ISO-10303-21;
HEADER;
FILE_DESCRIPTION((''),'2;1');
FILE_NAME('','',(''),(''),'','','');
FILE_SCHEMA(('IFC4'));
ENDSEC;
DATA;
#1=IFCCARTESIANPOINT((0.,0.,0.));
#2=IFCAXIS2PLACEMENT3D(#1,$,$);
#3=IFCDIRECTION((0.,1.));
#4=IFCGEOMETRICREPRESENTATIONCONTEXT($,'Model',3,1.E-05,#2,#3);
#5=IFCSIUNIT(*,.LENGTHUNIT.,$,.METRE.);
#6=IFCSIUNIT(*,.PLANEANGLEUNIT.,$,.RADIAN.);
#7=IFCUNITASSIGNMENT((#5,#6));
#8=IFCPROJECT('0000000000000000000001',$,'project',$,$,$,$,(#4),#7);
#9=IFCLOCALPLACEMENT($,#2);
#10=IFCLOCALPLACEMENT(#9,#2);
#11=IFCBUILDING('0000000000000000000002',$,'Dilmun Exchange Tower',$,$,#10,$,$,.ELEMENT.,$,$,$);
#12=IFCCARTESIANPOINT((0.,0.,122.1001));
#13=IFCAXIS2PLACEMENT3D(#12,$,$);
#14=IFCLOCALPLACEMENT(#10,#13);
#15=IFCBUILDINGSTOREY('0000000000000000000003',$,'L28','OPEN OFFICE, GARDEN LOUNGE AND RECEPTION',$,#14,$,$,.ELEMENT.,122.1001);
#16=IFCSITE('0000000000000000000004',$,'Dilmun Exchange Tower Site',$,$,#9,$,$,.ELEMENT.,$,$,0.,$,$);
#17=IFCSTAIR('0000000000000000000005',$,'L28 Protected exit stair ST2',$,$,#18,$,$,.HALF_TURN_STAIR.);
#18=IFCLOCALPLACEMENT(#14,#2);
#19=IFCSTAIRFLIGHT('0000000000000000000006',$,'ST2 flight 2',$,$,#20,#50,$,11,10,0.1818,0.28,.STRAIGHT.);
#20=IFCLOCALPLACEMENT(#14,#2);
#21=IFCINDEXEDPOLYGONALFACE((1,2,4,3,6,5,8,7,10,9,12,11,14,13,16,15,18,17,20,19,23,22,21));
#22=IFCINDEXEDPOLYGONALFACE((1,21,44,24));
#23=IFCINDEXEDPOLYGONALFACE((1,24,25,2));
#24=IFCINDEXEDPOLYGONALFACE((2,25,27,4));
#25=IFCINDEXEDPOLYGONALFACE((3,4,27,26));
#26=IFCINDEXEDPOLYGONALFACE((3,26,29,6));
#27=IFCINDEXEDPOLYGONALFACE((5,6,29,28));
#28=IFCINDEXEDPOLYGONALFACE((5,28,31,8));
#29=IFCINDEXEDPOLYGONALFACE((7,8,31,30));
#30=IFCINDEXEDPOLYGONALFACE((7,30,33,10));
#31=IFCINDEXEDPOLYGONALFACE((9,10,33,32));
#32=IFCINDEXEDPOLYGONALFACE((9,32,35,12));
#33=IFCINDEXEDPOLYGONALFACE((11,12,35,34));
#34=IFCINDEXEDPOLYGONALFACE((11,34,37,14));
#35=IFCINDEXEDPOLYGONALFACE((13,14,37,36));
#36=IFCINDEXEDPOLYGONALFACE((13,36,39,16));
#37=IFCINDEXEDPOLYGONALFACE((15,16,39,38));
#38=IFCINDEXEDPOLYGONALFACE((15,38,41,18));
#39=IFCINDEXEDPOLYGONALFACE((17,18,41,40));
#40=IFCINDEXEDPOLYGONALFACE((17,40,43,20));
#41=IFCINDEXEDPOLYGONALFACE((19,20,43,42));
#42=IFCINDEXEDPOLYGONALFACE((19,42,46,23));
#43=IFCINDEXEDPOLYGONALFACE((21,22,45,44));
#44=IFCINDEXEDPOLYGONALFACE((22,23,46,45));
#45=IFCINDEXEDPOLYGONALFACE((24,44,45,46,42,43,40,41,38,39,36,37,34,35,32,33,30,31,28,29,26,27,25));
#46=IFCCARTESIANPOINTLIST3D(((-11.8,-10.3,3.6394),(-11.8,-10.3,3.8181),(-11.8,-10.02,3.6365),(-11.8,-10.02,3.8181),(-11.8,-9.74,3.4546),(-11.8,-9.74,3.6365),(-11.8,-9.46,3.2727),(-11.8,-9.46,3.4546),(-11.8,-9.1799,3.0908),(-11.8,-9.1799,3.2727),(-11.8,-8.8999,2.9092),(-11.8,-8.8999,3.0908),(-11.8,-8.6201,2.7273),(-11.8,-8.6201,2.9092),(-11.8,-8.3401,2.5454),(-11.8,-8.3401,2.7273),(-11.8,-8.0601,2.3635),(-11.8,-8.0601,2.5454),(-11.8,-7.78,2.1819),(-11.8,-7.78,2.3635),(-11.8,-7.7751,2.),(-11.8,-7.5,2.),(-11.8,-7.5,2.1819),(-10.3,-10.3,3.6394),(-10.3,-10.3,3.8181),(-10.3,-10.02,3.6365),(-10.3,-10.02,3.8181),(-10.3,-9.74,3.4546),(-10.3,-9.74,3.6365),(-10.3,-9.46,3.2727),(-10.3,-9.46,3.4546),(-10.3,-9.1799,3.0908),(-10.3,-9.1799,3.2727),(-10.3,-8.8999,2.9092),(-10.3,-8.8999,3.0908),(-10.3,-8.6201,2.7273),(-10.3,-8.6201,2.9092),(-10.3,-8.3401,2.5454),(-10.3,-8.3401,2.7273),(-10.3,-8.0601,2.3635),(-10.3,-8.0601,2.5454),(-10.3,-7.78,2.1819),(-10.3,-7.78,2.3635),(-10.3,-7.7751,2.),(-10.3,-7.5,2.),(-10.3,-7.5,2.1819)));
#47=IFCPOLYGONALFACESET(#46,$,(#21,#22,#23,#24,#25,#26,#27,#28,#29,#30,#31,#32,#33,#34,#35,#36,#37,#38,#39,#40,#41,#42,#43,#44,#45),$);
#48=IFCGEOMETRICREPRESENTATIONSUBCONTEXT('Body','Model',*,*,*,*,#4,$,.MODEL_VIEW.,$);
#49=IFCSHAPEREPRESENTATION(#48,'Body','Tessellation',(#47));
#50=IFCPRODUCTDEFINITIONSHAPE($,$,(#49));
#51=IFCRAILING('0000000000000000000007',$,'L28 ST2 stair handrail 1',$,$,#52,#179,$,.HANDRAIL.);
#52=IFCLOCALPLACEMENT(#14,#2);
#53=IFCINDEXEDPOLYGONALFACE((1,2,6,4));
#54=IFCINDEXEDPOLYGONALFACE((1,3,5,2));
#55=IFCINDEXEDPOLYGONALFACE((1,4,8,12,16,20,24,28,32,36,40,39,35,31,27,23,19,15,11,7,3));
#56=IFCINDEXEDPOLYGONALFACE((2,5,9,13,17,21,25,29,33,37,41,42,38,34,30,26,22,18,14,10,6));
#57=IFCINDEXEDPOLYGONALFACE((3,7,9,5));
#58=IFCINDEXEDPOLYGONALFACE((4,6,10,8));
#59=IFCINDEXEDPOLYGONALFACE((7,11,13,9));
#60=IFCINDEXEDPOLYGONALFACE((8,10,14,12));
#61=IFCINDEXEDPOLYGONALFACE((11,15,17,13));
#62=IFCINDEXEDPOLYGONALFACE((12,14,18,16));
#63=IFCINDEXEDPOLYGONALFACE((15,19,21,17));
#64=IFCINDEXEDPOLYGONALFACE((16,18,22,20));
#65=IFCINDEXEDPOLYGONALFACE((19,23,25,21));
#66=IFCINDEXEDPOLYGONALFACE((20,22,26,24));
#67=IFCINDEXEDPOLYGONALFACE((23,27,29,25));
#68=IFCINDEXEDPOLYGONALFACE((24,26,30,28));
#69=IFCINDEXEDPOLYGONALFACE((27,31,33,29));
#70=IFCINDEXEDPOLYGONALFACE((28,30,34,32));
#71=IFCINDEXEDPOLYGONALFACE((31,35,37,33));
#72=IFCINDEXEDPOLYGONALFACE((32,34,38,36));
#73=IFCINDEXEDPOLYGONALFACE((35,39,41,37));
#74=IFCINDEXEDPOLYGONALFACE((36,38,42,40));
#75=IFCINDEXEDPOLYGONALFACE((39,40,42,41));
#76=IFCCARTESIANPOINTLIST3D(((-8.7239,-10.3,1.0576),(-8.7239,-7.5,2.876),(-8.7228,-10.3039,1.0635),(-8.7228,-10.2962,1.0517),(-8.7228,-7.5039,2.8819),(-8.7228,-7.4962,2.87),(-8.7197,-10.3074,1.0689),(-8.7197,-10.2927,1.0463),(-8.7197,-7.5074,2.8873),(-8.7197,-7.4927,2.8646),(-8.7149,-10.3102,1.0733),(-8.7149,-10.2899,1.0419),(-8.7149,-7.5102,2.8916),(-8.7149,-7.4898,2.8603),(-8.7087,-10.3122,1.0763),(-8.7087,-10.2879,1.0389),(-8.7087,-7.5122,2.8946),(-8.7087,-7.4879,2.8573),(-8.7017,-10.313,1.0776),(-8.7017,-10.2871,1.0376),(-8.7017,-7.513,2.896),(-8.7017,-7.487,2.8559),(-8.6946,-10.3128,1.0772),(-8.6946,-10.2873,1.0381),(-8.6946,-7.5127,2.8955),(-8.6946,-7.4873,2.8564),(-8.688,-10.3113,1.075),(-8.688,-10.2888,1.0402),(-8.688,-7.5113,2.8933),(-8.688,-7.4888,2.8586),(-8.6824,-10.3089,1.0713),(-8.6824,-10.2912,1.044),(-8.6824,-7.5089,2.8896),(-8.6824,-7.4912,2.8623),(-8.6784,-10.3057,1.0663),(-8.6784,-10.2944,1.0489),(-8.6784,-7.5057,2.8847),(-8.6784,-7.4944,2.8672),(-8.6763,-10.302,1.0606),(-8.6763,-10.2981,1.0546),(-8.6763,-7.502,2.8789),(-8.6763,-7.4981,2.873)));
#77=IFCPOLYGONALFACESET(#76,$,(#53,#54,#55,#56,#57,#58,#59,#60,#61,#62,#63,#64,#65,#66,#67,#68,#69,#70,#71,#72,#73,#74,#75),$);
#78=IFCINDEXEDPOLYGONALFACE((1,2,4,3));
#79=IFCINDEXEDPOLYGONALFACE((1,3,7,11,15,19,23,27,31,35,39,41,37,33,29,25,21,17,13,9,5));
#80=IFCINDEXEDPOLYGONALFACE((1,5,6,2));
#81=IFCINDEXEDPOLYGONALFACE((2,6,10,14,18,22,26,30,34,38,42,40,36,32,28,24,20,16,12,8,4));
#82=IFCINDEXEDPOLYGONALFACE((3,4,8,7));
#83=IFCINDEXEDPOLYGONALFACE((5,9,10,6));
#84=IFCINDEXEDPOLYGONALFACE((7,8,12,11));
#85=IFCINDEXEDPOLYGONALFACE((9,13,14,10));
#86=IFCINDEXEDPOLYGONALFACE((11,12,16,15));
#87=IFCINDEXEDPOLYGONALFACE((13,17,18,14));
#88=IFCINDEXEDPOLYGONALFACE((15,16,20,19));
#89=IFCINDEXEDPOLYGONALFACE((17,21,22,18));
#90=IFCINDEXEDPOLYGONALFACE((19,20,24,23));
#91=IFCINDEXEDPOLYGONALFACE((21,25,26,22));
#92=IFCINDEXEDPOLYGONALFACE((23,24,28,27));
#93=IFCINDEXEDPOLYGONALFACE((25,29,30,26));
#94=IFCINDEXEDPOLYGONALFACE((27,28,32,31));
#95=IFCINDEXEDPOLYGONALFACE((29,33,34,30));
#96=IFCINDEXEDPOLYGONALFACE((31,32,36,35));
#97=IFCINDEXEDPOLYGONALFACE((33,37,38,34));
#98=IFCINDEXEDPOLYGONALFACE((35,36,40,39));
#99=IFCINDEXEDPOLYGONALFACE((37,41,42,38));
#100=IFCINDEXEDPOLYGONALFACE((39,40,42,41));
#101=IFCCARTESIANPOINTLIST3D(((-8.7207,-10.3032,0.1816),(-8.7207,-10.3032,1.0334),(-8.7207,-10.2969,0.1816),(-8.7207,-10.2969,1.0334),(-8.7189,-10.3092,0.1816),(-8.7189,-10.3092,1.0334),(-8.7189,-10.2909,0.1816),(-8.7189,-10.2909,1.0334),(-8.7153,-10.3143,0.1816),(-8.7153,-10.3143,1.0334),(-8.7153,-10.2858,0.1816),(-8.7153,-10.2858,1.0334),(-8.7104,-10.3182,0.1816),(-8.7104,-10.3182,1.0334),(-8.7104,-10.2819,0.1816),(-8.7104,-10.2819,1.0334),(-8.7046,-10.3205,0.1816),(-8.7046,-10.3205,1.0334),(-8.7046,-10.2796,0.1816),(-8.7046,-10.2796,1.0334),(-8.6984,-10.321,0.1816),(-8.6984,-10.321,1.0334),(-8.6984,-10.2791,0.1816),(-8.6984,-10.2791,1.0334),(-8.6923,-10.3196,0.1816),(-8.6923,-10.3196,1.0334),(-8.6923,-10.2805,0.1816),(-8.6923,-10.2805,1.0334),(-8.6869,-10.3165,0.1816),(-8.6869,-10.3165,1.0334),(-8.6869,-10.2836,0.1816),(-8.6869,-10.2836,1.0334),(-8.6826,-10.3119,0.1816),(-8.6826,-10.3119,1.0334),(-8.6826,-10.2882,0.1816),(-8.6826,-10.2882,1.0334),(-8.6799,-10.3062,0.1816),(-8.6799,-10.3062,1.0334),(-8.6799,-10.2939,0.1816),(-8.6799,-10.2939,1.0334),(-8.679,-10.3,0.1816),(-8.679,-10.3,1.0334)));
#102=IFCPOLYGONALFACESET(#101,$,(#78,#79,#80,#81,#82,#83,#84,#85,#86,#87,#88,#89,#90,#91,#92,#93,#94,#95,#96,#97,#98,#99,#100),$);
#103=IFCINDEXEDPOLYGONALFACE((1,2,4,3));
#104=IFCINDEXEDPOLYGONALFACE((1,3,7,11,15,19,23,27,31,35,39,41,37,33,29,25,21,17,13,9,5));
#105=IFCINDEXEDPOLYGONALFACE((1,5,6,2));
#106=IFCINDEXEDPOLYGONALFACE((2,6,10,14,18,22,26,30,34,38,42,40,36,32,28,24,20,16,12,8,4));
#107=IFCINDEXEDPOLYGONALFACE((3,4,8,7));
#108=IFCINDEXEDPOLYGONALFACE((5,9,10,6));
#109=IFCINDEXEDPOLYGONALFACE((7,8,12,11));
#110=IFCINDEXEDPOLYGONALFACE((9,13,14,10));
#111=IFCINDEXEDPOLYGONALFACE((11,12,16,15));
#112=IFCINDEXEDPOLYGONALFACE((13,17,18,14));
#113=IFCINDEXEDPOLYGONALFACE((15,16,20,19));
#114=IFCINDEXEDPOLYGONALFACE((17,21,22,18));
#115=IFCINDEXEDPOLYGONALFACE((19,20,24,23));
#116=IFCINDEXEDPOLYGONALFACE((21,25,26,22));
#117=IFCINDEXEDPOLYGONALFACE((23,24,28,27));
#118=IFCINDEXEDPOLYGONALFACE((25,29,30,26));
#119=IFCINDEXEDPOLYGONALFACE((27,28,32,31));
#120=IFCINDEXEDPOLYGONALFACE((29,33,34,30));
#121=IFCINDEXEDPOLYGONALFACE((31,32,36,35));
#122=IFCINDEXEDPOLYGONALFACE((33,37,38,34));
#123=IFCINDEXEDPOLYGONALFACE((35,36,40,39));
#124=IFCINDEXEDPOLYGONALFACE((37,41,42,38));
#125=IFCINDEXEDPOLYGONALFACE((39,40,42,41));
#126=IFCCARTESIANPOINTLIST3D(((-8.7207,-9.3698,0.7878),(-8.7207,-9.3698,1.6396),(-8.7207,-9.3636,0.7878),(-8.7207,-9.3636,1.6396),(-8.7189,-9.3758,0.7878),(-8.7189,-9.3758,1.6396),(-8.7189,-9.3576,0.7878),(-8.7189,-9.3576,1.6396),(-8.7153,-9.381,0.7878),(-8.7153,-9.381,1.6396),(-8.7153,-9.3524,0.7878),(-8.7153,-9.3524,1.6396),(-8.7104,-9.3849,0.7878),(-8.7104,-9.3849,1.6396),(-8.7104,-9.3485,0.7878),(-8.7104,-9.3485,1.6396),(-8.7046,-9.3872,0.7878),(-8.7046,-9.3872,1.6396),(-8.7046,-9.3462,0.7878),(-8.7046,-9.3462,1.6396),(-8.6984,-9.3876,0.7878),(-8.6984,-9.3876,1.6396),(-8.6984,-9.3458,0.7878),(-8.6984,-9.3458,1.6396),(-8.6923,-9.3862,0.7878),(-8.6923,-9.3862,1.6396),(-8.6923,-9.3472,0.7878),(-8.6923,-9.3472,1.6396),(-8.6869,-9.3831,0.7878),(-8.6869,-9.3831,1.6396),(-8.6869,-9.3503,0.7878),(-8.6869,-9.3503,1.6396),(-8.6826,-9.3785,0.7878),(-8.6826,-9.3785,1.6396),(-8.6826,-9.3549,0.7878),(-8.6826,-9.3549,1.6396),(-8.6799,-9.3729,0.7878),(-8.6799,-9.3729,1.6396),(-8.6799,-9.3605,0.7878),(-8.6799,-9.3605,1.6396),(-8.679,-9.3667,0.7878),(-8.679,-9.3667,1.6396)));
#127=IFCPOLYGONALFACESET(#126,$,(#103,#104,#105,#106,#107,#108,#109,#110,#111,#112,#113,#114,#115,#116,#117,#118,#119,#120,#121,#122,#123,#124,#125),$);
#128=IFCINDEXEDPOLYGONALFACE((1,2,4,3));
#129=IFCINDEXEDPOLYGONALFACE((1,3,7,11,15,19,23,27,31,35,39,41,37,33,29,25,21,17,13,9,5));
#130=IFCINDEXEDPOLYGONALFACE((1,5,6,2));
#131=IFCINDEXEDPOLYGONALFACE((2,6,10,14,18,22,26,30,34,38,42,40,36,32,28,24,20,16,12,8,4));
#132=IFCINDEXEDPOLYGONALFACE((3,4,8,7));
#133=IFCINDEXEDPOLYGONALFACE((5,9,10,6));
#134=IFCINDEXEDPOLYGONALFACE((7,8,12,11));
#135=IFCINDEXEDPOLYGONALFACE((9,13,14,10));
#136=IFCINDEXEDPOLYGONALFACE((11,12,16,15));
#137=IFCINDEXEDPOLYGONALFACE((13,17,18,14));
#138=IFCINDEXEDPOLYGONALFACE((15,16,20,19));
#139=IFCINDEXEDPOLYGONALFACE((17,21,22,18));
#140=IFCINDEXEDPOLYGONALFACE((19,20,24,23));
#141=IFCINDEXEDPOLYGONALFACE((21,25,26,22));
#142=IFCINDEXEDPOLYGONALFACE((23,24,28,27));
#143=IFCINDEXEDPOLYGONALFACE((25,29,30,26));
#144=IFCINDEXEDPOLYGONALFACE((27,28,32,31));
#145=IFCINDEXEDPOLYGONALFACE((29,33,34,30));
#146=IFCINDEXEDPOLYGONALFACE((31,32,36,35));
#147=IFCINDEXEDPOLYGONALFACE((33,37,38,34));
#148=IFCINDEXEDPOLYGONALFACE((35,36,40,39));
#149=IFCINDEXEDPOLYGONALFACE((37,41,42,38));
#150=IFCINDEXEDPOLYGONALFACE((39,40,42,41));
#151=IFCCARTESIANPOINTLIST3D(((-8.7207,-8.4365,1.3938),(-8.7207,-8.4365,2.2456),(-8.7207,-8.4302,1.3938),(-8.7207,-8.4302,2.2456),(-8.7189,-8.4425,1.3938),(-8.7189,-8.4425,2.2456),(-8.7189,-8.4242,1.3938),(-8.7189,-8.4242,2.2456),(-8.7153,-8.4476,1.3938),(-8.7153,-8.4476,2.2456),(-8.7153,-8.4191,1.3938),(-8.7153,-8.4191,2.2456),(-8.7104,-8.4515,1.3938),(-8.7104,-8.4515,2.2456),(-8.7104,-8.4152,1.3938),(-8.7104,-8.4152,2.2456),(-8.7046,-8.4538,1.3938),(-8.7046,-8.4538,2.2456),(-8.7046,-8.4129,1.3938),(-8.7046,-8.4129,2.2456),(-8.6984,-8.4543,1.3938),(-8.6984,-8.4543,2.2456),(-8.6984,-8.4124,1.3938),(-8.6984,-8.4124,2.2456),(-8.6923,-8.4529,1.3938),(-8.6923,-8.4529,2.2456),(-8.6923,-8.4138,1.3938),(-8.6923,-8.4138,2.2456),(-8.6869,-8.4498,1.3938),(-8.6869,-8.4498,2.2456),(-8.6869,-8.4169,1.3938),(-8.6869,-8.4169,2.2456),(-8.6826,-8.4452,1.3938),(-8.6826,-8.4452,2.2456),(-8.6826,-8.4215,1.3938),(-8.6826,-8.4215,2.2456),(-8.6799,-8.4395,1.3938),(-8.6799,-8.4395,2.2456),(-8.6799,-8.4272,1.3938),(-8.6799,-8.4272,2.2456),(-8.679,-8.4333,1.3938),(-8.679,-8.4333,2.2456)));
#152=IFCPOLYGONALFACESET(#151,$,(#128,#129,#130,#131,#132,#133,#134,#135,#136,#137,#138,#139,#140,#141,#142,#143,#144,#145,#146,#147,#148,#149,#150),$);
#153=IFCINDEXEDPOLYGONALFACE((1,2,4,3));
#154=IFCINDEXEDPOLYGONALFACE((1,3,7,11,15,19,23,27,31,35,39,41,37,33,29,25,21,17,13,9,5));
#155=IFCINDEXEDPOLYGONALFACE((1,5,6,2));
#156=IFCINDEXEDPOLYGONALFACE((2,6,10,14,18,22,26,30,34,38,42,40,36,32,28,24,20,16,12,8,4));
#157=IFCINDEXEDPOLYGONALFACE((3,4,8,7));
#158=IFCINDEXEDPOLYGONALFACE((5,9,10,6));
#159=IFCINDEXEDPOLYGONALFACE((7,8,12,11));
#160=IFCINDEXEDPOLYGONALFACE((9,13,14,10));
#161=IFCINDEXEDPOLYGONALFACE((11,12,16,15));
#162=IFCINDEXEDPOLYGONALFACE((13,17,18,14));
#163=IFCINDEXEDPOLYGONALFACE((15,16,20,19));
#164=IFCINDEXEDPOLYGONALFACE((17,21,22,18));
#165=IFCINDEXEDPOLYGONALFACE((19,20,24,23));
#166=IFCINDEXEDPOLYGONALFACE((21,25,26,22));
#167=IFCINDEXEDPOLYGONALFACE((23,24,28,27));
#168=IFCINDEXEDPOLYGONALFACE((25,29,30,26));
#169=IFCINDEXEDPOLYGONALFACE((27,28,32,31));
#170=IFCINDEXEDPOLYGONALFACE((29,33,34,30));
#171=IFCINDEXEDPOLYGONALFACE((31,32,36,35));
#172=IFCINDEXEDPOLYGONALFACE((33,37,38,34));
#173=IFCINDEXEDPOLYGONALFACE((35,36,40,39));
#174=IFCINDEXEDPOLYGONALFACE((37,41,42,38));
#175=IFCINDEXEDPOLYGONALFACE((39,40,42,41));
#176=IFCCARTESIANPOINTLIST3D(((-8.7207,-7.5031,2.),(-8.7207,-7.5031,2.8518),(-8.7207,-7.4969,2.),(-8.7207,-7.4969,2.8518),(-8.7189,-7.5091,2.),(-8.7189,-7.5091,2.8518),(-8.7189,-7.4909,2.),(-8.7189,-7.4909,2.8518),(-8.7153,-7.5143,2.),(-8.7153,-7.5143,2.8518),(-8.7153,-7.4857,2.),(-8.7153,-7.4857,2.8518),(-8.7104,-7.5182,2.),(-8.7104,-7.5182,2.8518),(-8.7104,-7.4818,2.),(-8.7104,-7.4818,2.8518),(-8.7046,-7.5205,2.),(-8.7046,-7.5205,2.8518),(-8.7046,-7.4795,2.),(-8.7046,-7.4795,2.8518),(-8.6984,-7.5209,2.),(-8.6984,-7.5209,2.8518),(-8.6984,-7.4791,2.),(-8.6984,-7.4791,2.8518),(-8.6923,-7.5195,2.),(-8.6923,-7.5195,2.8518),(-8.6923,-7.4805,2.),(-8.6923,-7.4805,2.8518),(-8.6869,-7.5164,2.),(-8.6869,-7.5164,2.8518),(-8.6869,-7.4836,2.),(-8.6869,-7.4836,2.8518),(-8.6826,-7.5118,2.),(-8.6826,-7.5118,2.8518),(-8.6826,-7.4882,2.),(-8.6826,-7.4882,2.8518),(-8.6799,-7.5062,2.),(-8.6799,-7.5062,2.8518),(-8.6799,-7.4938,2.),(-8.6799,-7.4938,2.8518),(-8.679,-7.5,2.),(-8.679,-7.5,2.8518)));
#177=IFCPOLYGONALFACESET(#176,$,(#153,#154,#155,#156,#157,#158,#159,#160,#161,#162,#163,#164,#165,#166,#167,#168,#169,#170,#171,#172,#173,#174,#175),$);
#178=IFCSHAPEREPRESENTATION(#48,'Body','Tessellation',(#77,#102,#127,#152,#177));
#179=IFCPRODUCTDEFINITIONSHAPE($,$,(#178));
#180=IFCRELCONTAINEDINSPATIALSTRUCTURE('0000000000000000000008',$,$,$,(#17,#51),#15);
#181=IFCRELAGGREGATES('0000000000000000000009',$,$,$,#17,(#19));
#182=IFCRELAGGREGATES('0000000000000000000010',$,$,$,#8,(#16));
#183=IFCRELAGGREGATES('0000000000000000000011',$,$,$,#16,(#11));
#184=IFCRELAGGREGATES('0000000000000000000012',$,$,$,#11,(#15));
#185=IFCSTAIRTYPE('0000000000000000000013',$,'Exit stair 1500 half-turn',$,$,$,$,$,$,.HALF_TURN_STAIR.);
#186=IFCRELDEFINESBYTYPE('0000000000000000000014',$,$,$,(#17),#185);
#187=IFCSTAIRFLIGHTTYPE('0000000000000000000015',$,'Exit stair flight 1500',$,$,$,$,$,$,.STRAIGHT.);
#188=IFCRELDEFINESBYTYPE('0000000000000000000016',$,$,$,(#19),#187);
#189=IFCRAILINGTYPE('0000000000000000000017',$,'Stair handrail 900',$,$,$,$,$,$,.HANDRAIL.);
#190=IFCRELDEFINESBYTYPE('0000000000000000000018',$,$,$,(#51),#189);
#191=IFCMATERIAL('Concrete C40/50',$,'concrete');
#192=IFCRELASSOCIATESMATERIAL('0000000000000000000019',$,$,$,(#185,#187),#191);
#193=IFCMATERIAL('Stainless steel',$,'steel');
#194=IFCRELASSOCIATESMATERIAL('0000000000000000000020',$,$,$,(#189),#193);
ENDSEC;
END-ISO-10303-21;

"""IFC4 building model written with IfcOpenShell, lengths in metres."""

from ifc_helpers import new_model, si_unit, direction, frame, origin, origin_2d, place, context, subcontext, project, spatial, polyline, circle, outline, extrude, material, type_object, element, aggregate, save


model = new_model("IFC4")

# Units and contexts
model_context = context("Model", 3, precision=1e-05, world=origin(), true_north=direction((0.0, 1.0)))
body_context = subcontext(model_context, "Body", "Model", "MODEL_VIEW")
ifc_project = project(units=[si_unit("LENGTHUNIT", "METRE"), si_unit("PLANEANGLEUNIT", "RADIAN")], contexts=[model_context])

# Site, building, storey
site_placement = place(None, origin())
site = spatial("IfcSite", under=ifc_project, at=site_placement, Name="Dilmun Exchange Tower Site", CompositionType="ELEMENT", RefElevation=0.0)
building_placement = place(site_placement, origin())
building = spatial("IfcBuilding", under=site, at=building_placement, Name="Dilmun Exchange Tower", CompositionType="ELEMENT")
storey_placement = place(building_placement, frame((0.0, 0.0, 122.1001)))
storey = spatial("IfcBuildingStorey", under=building, at=storey_placement, Name="L28", Description="OPEN OFFICE, GARDEN LOUNGE AND RECEPTION", CompositionType="ELEMENT", Elevation=122.1001)

# Shared definitions
ifc_material_1 = material(Name="Concrete C40/50", Category="concrete")

# Stair, stair flight
stair_type = type_object("IfcStairType", Name="Exit stair 1500 half-turn", PredefinedType="HALF_TURN_STAIR", material=ifc_material_1)
stair_placement = place(storey_placement, origin())
stair = element("IfcStair", 1, at=stair_placement, inside=storey, type_object=stair_type, Name="L28 Protected exit stair ST2", PredefinedType="HALF_TURN_STAIR")
stair_flight_type = type_object("IfcStairFlightType", Name="Exit stair flight 1500", PredefinedType="STRAIGHT", material=ifc_material_1)
stair_flight_placement = place(storey_placement, frame((-11.05, -7.5, 2.0), z_axis=(0.0, 0.0, 1.0), x_axis=(0.0, -1.0, 0.0)))
stair_flight = element("IfcStairFlight", 2, at=stair_flight_placement, type_object=stair_flight_type, Name="ST2 flight 2", NumberOfRisers=11, NumberOfTreads=10, PredefinedType="STRAIGHT", RiserHeight=0.1818, TreadLength=0.28, context=body_context, shape_type="SweptSolid", body=[
    extrude(outline(polyline([(0.0, 0.0), (0.0, 0.1819), (0.28, 0.1819), (0.28, 0.3635), (0.5601, 0.3635), (0.5601, 0.5454), (0.8401, 0.5454), (0.8401, 0.7273), (1.1201, 0.7273), (1.1201, 0.9092), (1.3999, 0.9092), (1.3999, 1.0908), (1.6799, 1.0908), (1.6799, 1.2727), (1.96, 1.2727), (1.96, 1.4546), (2.24, 1.4546), (2.24, 1.6365), (2.52, 1.6365), (2.52, 1.8181), (2.8, 1.8181), (2.8, 2.0), (2.8, 1.6394), (0.2751, 0.0), (0.0, 0.0)])), frame((0.0, 0.75, 0.0), z_axis=(0.0, -1.0, 0.0), x_axis=(1.0, 0.0, 0.0)), (0.0, 0.0, 1.0), 1.5),
])
aggregate(stair, [stair_flight])

# Railing
ifc_material_2 = material(Name="Stainless steel", Category="steel")
railing_type = type_object("IfcRailingType", Name="Stair handrail 900", PredefinedType="HANDRAIL", material=ifc_material_2)
railing_1_placement = place(storey_placement, frame((-8.7, -10.3, 0.1816)))
element("IfcRailing", 3, at=railing_1_placement, inside=storey, type_object=railing_type, Name="L28 ST2 stair handrail 1", PredefinedType="HANDRAIL", context=body_context, shape_type="SweptSolid", body=[
    extrude(circle(Radius=0.0239, at=origin_2d()), frame((0.0, 0.0, 0.876), z_axis=(0.0, 0.838672, 0.544636), x_axis=(-1.0, 0.0, 0.0)), (0.0, 0.0, 1.0), 3.3386),
    extrude(circle(Radius=0.021, at=origin_2d()), origin(), (0.0, 0.0, 1.0), 0.8518),
    extrude(circle(Radius=0.021, at=origin_2d()), frame((0.0, 0.9333, 0.6062)), (0.0, 0.0, 1.0), 0.8518),
    extrude(circle(Radius=0.021, at=origin_2d()), frame((0.0, 1.8667, 1.2122)), (0.0, 0.0, 1.0), 0.8518),
    extrude(circle(Radius=0.021, at=origin_2d()), frame((0.0, 2.8, 1.8184)), (0.0, 0.0, 1.0), 0.8518),
])

save(model, "model.ifc")
